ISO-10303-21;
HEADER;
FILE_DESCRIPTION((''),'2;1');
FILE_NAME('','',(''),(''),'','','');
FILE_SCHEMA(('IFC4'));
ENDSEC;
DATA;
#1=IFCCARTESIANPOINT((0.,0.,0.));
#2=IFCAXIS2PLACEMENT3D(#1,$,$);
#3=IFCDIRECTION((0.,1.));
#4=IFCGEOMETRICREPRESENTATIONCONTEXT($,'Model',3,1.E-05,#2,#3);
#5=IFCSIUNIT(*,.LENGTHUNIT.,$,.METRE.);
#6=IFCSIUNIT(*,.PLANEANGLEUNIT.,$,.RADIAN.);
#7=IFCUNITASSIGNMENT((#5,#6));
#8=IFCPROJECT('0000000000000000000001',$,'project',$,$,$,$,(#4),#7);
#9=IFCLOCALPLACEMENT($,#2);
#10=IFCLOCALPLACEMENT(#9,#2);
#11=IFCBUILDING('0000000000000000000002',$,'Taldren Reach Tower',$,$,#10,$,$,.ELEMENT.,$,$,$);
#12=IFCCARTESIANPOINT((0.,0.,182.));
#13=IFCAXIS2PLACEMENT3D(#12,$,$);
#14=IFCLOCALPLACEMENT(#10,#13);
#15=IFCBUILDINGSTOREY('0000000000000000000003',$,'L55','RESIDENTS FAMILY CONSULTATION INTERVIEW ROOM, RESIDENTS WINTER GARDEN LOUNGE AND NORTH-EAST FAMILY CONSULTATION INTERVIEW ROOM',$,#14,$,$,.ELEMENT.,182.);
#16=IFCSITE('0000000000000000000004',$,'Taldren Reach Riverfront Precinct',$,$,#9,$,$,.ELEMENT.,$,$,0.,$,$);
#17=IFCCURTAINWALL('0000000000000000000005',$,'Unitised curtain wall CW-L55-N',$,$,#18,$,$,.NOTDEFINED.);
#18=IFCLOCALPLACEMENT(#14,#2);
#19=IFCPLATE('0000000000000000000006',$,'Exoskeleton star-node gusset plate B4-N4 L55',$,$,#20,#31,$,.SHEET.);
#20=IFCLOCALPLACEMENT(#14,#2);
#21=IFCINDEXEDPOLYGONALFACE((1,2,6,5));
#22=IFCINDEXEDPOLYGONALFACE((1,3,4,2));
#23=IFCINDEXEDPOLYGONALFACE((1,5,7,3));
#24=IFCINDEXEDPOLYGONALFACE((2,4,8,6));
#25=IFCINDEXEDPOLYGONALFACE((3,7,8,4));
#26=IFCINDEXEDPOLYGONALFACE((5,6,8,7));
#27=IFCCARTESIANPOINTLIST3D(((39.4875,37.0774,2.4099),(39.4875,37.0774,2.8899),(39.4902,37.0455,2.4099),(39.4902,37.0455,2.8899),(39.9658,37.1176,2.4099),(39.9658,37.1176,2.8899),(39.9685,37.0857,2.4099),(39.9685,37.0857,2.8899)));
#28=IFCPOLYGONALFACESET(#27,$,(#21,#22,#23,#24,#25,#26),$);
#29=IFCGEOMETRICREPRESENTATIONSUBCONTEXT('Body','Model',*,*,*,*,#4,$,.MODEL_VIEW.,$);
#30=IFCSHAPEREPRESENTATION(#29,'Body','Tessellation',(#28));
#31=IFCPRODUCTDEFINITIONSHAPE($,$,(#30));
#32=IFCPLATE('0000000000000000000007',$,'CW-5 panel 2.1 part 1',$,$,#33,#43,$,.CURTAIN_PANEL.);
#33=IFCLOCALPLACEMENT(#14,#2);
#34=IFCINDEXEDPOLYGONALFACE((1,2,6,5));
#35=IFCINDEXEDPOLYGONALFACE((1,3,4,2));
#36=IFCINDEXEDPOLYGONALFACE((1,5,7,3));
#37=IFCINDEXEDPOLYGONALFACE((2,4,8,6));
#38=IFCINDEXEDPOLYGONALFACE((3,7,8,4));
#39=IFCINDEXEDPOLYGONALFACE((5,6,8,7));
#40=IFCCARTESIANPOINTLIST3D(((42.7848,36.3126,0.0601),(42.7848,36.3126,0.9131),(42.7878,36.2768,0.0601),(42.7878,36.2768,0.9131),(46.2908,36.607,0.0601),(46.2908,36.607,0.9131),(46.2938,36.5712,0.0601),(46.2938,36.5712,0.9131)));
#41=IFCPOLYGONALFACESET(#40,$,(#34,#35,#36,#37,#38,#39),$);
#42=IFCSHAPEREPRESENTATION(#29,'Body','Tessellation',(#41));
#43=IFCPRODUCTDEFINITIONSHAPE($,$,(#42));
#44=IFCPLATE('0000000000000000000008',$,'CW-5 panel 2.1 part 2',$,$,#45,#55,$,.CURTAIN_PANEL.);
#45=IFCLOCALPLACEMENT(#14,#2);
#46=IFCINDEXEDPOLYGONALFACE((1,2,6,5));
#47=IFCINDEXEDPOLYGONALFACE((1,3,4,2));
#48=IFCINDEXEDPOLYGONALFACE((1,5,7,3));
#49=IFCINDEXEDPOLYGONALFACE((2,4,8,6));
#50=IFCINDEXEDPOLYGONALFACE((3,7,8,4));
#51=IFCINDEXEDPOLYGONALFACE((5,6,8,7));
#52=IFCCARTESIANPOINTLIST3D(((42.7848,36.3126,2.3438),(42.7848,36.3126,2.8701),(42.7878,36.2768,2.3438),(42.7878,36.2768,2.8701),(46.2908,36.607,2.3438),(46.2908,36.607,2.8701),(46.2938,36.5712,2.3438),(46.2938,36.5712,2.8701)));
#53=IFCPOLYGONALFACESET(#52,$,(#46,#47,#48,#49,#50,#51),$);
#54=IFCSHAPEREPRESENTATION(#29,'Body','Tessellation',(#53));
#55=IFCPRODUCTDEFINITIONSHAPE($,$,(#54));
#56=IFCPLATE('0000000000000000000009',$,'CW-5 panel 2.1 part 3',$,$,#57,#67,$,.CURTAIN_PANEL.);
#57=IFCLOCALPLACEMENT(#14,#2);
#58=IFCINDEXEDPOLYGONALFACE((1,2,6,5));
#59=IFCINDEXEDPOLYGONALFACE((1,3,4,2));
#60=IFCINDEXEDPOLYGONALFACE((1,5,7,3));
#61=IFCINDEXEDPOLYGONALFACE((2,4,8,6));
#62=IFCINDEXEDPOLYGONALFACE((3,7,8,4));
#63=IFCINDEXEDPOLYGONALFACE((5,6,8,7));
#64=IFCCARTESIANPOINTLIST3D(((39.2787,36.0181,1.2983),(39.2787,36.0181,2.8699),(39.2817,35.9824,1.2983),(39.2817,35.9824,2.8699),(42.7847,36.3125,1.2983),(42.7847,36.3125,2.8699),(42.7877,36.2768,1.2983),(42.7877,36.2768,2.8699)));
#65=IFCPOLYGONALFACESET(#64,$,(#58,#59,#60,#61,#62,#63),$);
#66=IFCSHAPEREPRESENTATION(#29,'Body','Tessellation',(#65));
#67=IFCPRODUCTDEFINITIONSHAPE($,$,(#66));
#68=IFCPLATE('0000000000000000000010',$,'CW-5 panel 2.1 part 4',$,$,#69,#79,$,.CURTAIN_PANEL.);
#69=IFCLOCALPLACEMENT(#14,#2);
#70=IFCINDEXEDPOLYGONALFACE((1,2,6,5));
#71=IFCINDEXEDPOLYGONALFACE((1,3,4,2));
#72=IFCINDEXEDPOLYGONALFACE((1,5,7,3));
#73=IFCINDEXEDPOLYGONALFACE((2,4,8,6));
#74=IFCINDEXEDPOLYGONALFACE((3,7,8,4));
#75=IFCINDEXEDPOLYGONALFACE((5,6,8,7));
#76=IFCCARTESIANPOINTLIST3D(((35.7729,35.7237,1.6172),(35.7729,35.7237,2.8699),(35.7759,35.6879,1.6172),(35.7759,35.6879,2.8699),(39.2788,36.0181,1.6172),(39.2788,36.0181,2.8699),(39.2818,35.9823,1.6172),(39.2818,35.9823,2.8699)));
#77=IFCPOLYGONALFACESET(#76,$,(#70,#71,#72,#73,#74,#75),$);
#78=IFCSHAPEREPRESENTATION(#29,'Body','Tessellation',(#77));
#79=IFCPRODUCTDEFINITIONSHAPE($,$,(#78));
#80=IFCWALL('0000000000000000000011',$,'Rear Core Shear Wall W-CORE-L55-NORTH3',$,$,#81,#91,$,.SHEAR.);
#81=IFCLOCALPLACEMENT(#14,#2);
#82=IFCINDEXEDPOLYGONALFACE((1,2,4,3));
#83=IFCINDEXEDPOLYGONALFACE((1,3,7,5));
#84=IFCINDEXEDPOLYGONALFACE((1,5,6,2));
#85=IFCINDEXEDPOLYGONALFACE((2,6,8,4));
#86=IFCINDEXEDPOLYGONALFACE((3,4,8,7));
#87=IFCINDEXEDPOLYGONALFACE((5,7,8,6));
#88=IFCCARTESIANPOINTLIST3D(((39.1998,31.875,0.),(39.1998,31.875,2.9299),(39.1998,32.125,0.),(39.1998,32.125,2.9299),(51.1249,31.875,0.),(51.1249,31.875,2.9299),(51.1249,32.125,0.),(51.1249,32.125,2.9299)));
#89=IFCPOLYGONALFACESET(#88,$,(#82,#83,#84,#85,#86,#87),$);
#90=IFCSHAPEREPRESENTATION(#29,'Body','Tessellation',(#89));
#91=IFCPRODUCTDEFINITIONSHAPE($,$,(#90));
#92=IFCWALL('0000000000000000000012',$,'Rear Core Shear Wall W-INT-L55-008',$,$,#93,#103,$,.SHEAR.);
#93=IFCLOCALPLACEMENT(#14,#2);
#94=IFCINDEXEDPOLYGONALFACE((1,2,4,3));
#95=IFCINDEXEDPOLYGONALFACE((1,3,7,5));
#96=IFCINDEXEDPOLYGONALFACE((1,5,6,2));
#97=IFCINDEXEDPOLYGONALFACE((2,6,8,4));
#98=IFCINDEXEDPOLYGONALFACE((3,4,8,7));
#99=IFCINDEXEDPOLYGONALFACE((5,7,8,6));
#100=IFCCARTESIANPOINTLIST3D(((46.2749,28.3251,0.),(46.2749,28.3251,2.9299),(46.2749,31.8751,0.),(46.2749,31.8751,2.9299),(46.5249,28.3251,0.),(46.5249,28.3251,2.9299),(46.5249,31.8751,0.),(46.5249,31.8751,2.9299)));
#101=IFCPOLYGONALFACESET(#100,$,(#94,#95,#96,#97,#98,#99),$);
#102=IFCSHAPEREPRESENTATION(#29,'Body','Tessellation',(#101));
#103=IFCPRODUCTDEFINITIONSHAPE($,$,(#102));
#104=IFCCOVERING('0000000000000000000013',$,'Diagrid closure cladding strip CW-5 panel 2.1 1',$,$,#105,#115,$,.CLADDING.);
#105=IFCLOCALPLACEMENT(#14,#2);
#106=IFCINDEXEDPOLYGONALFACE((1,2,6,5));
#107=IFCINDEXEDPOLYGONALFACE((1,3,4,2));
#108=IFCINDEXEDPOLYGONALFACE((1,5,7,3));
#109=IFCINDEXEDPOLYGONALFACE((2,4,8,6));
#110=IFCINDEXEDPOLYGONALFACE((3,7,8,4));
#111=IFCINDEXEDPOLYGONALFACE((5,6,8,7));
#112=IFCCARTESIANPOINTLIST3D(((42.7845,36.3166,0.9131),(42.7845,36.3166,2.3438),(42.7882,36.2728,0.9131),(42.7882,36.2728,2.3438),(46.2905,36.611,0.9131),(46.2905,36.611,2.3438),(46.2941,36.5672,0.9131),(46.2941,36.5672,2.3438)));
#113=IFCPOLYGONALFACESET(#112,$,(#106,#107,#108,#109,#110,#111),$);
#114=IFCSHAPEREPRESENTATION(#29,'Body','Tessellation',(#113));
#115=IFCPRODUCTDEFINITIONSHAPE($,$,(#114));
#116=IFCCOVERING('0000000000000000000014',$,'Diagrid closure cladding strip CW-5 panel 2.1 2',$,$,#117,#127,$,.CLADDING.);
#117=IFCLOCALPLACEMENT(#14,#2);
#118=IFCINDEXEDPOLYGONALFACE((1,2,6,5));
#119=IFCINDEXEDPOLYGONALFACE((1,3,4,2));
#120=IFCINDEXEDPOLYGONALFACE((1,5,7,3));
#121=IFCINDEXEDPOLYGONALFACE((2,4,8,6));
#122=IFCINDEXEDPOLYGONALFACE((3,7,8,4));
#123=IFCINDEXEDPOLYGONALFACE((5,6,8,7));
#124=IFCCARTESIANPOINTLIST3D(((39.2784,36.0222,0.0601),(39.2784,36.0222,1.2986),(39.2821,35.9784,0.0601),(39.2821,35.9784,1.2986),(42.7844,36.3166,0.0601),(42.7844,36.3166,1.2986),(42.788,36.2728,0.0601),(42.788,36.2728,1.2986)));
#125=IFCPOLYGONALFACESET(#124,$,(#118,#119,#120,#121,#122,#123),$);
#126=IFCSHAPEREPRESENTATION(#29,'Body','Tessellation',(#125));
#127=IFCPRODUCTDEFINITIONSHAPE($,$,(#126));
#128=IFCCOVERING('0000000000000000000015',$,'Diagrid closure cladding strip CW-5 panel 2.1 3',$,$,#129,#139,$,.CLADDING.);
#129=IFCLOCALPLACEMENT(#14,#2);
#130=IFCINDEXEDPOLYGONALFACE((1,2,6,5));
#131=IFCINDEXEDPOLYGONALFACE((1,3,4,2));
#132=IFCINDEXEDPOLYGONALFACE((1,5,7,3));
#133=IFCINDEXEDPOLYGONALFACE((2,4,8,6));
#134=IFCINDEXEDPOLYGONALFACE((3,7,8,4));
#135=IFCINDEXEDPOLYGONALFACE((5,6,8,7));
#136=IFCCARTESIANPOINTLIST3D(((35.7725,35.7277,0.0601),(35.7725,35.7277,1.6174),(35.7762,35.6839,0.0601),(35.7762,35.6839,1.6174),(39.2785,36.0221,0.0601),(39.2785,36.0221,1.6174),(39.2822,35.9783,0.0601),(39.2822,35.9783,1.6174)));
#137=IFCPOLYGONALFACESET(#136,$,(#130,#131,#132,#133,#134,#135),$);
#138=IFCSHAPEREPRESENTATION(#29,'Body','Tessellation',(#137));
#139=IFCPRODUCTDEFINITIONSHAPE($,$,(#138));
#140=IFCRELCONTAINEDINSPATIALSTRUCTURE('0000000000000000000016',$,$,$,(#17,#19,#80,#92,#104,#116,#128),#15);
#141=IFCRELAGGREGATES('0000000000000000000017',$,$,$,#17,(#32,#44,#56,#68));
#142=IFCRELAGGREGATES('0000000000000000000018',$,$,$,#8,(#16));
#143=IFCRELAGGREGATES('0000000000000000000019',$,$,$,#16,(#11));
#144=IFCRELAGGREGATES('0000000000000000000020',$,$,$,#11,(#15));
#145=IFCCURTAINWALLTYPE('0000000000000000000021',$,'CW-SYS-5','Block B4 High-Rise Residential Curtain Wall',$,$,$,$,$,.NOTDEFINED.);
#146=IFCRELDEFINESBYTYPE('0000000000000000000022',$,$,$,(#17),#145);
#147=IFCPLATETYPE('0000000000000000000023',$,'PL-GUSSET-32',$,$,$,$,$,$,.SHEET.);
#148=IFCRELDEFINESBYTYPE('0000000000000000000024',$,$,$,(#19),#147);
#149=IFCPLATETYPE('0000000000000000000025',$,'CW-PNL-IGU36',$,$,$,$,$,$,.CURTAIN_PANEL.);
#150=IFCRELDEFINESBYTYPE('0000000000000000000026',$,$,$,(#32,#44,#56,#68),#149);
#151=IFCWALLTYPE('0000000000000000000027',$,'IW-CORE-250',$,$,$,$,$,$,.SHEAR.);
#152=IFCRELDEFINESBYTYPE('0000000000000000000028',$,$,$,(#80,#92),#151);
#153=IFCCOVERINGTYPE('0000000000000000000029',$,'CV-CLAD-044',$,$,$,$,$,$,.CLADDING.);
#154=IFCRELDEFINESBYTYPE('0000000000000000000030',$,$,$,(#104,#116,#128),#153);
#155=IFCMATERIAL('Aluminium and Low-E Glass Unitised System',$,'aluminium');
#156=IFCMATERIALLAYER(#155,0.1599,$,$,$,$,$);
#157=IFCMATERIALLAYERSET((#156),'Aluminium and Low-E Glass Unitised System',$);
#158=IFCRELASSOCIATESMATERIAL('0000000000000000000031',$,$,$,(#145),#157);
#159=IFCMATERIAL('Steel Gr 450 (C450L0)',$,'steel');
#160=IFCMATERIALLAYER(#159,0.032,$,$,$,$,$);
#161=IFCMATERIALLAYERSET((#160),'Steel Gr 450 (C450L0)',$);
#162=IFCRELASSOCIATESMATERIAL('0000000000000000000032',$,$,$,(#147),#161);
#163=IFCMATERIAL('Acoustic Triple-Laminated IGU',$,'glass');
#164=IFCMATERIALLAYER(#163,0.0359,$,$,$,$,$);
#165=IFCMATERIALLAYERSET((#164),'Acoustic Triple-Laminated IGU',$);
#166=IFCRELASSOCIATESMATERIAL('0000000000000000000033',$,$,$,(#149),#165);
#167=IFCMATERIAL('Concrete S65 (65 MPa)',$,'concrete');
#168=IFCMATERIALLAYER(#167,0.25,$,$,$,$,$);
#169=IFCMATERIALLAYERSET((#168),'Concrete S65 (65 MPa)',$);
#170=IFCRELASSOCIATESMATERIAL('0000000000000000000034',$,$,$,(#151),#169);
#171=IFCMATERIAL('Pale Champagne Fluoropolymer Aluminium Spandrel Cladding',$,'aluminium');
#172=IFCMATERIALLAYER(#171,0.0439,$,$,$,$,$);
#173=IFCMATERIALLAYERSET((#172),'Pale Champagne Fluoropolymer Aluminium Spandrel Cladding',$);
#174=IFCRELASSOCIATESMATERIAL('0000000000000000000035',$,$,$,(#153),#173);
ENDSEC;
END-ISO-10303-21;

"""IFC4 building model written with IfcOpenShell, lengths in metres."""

from ifc_helpers import new_model, si_unit, direction, frame, frame_2d, origin, origin_2d, place, context, subcontext, project, spatial, rectangle, extrude, source, transform, mapped, material, layer, layer_set, type_object, element, aggregate, save


model = new_model("IFC4")

# Units and contexts
model_context = context("Model", 3, precision=1e-05, world=origin(), true_north=direction((0.0, 1.0)))
body_context = subcontext(model_context, "Body", "Model", "MODEL_VIEW")
ifc_project = project(units=[si_unit("LENGTHUNIT", "METRE"), si_unit("PLANEANGLEUNIT", "RADIAN")], contexts=[model_context])

# Site, building, storey
site_placement = place(None, origin())
site = spatial("IfcSite", under=ifc_project, at=site_placement, Name="Taldren Reach Riverfront Precinct", CompositionType="ELEMENT", RefElevation=0.0)
building_placement = place(site_placement, origin())
building = spatial("IfcBuilding", under=site, at=building_placement, Name="Taldren Reach Tower", CompositionType="ELEMENT")
storey_placement = place(building_placement, frame((0.0, 0.0, 182.0)))
storey = spatial("IfcBuildingStorey", under=building, at=storey_placement, Name="L55", Description="RESIDENTS FAMILY CONSULTATION INTERVIEW ROOM, RESIDENTS WINTER GARDEN LOUNGE AND NORTH-EAST FAMILY CONSULTATION INTERVIEW ROOM", CompositionType="ELEMENT", Elevation=182.0)

# Shared definitions
ifc_material_1 = material(Name="Steel Gr 450 (C450L0)", Category="steel")

# Curtain wall
ifc_material_2 = material(Name="Aluminium and Low-E Glass Unitised System", Category="aluminium")
ifc_layer_1 = layer(ifc_material_2, 0.1599)
ifc_layer_set_1 = layer_set([ifc_layer_1], Name="Aluminium and Low-E Glass Unitised System")
curtain_wall_type = type_object("IfcCurtainWallType", Name="CW-SYS-5", Description="Block B4 High-Rise Residential Curtain Wall", PredefinedType="NOTDEFINED", material=ifc_layer_set_1)
curtain_wall_placement = place(storey_placement, origin())
curtain_wall = element("IfcCurtainWall", 1, at=curtain_wall_placement, inside=storey, type_object=curtain_wall_type, Name="Unitised curtain wall CW-L55-N", PredefinedType="NOTDEFINED")

# Plates
ifc_layer_2 = layer(ifc_material_1, 0.032)
ifc_layer_set_2 = layer_set([ifc_layer_2], Name="Steel Gr 450 (C450L0)")
plate_type_1 = type_object("IfcPlateType", Name="PL-GUSSET-32", PredefinedType="SHEET", material=ifc_layer_set_2)
shared_shape_1 = source(origin(), body_context, "Body", "SweptSolid", [
    extrude(rectangle(XDim=0.48, YDim=0.032, at=origin_2d()), origin(), (0.0, 0.0, 1.0), 0.48),
])
plate_1_placement = place(storey_placement, frame((39.728, 37.0815, 2.4099), z_axis=(0.0, 0.0, 1.0), x_axis=(0.996493, 0.083678, 0.0)))
element("IfcPlate", 2, at=plate_1_placement, inside=storey, type_object=plate_type_1, Name="Exoskeleton star-node gusset plate B4-N4 L55", PredefinedType="SHEET", context=body_context, shape_type="MappedRepresentation", body=[
    mapped(shared_shape_1, transform((0.0, 0.0, 0.0), scale=1.0)),
])
ifc_material_3 = material(Name="Acoustic Triple-Laminated IGU", Category="glass")
ifc_layer_3 = layer(ifc_material_3, 0.0359)
ifc_layer_set_3 = layer_set([ifc_layer_3], Name="Acoustic Triple-Laminated IGU")
plate_type_2 = type_object("IfcPlateType", Name="CW-PNL-IGU36", PredefinedType="CURTAIN_PANEL", material=ifc_layer_set_3)
shared_shape_2 = source(origin(), body_context, "Body", "SweptSolid", [
    extrude(rectangle(XDim=3.5183, YDim=0.0359, at=origin_2d()), origin(), (0.0, 0.0, 1.0), 0.853),
])
plate_2_placement = place(storey_placement, frame((44.5393, 36.4419, 0.0601), z_axis=(0.0, 0.0, 1.0), x_axis=(-0.996493, -0.083678, 0.0)))
plate_2 = element("IfcPlate", 3, at=plate_2_placement, type_object=plate_type_2, Name="CW-5 panel 2.1 part 1", PredefinedType="CURTAIN_PANEL", context=body_context, shape_type="MappedRepresentation", body=[
    mapped(shared_shape_2, transform((0.0, 0.0, 0.0), scale=1.0)),
])
shared_shape_3 = source(origin(), body_context, "Body", "SweptSolid", [
    extrude(rectangle(XDim=3.5183, YDim=0.0359, at=origin_2d()), origin(), (0.0, 0.0, 1.0), 0.5264),
])
plate_3_placement = place(storey_placement, frame((44.5393, 36.4419, 2.3438), z_axis=(0.0, 0.0, 1.0), x_axis=(-0.996493, -0.083678, 0.0)))
plate_3 = element("IfcPlate", 4, at=plate_3_placement, type_object=plate_type_2, Name="CW-5 panel 2.1 part 2", PredefinedType="CURTAIN_PANEL", context=body_context, shape_type="MappedRepresentation", body=[
    mapped(shared_shape_3, transform((0.0, 0.0, 0.0), scale=1.0)),
])
shared_shape_4 = source(origin(), body_context, "Body", "SweptSolid", [
    extrude(rectangle(XDim=3.5183, YDim=0.0359, at=origin_2d()), origin(), (0.0, 0.0, 1.0), 1.5715),
])
plate_4_placement = place(storey_placement, frame((41.0332, 36.1475, 1.2983), z_axis=(0.0, 0.0, 1.0), x_axis=(-0.996493, -0.083678, 0.0)))
plate_4 = element("IfcPlate", 5, at=plate_4_placement, type_object=plate_type_2, Name="CW-5 panel 2.1 part 3", PredefinedType="CURTAIN_PANEL", context=body_context, shape_type="MappedRepresentation", body=[
    mapped(shared_shape_4, transform((0.0, 0.0, 0.0), scale=1.0)),
])
shared_shape_5 = source(origin(), body_context, "Body", "SweptSolid", [
    extrude(rectangle(XDim=3.5183, YDim=0.0359, at=origin_2d()), origin(), (0.0, 0.0, 1.0), 1.2527),
])
plate_5_placement = place(storey_placement, frame((37.5273, 35.853, 1.6172), z_axis=(0.0, 0.0, 1.0), x_axis=(-0.996493, -0.083678, 0.0)))
plate_5 = element("IfcPlate", 6, at=plate_5_placement, type_object=plate_type_2, Name="CW-5 panel 2.1 part 4", PredefinedType="CURTAIN_PANEL", context=body_context, shape_type="MappedRepresentation", body=[
    mapped(shared_shape_5, transform((0.0, 0.0, 0.0), scale=1.0)),
])
aggregate(curtain_wall, [plate_2, plate_3, plate_4, plate_5])

# Walls
ifc_material_4 = material(Name="Concrete S65 (65 MPa)", Category="concrete")
ifc_layer_4 = layer(ifc_material_4, 0.25)
ifc_layer_set_4 = layer_set([ifc_layer_4], Name="Concrete S65 (65 MPa)")
wall_type = type_object("IfcWallType", Name="IW-CORE-250", PredefinedType="SHEAR", material=ifc_layer_set_4)
shared_shape_6 = source(origin(), body_context, "Body", "SweptSolid", [
    extrude(rectangle(XDim=11.925, YDim=0.25, at=frame_2d((5.9624, 0.0))), origin(), (0.0, 0.0, 1.0), 2.9299),
])
wall_1_placement = place(storey_placement, frame((39.2, 32.0, 0.0), z_axis=(0.0, 0.0, 1.0), x_axis=(1.0, 0.0, 0.0)))
element("IfcWall", 7, at=wall_1_placement, inside=storey, type_object=wall_type, Name="Rear Core Shear Wall W-CORE-L55-NORTH3", PredefinedType="SHEAR", context=body_context, shape_type="MappedRepresentation", body=[
    mapped(shared_shape_6, transform((0.0, 0.0, 0.0), scale=1.0)),
])
shared_shape_7 = source(origin(), body_context, "Body", "SweptSolid", [
    extrude(rectangle(XDim=3.55, YDim=0.25, at=frame_2d((1.7749, 0.0))), origin(), (0.0, 0.0, 1.0), 2.9299),
])
wall_2_placement = place(storey_placement, frame((46.3999, 31.875, 0.0), z_axis=(0.0, 0.0, 1.0), x_axis=(0.0, -1.0, 0.0)))
element("IfcWall", 8, at=wall_2_placement, inside=storey, type_object=wall_type, Name="Rear Core Shear Wall W-INT-L55-008", PredefinedType="SHEAR", context=body_context, shape_type="MappedRepresentation", body=[
    mapped(shared_shape_7, transform((0.0, 0.0, 0.0), scale=1.0)),
])

# Coverings
ifc_material_5 = material(Name="Pale Champagne Fluoropolymer Aluminium Spandrel Cladding", Category="aluminium")
ifc_layer_5 = layer(ifc_material_5, 0.0439)
ifc_layer_set_5 = layer_set([ifc_layer_5], Name="Pale Champagne Fluoropolymer Aluminium Spandrel Cladding")
covering_type = type_object("IfcCoveringType", Name="CV-CLAD-044", PredefinedType="CLADDING", material=ifc_layer_set_5)
shared_shape_8 = source(origin(), body_context, "Body", "SweptSolid", [
    extrude(rectangle(XDim=3.5183, YDim=0.0439, at=origin_2d()), origin(), (0.0, 0.0, 1.0), 1.4307),
])
covering_1_placement = place(storey_placement, frame((44.5393, 36.4419, 0.9131), z_axis=(0.0, 0.0, 1.0), x_axis=(-0.996493, -0.083678, 0.0)))
element("IfcCovering", 9, at=covering_1_placement, inside=storey, type_object=covering_type, Name="Diagrid closure cladding strip CW-5 panel 2.1 1", PredefinedType="CLADDING", context=body_context, shape_type="MappedRepresentation", body=[
    mapped(shared_shape_8, transform((0.0, 0.0, 0.0), scale=1.0)),
])
shared_shape_9 = source(origin(), body_context, "Body", "SweptSolid", [
    extrude(rectangle(XDim=3.5183, YDim=0.0439, at=origin_2d()), origin(), (0.0, 0.0, 1.0), 1.2385),
])
covering_2_placement = place(storey_placement, frame((41.0332, 36.1475, 0.0601), z_axis=(0.0, 0.0, 1.0), x_axis=(-0.996493, -0.083678, 0.0)))
element("IfcCovering", 10, at=covering_2_placement, inside=storey, type_object=covering_type, Name="Diagrid closure cladding strip CW-5 panel 2.1 2", PredefinedType="CLADDING", context=body_context, shape_type="MappedRepresentation", body=[
    mapped(shared_shape_9, transform((0.0, 0.0, 0.0), scale=1.0)),
])
shared_shape_10 = source(origin(), body_context, "Body", "SweptSolid", [
    extrude(rectangle(XDim=3.5183, YDim=0.0439, at=origin_2d()), origin(), (0.0, 0.0, 1.0), 1.5574),
])
covering_3_placement = place(storey_placement, frame((37.5273, 35.853, 0.0601), z_axis=(0.0, 0.0, 1.0), x_axis=(-0.996493, -0.083678, 0.0)))
element("IfcCovering", 11, at=covering_3_placement, inside=storey, type_object=covering_type, Name="Diagrid closure cladding strip CW-5 panel 2.1 3", PredefinedType="CLADDING", context=body_context, shape_type="MappedRepresentation", body=[
    mapped(shared_shape_10, transform((0.0, 0.0, 0.0), scale=1.0)),
])

save(model, "model.ifc")
